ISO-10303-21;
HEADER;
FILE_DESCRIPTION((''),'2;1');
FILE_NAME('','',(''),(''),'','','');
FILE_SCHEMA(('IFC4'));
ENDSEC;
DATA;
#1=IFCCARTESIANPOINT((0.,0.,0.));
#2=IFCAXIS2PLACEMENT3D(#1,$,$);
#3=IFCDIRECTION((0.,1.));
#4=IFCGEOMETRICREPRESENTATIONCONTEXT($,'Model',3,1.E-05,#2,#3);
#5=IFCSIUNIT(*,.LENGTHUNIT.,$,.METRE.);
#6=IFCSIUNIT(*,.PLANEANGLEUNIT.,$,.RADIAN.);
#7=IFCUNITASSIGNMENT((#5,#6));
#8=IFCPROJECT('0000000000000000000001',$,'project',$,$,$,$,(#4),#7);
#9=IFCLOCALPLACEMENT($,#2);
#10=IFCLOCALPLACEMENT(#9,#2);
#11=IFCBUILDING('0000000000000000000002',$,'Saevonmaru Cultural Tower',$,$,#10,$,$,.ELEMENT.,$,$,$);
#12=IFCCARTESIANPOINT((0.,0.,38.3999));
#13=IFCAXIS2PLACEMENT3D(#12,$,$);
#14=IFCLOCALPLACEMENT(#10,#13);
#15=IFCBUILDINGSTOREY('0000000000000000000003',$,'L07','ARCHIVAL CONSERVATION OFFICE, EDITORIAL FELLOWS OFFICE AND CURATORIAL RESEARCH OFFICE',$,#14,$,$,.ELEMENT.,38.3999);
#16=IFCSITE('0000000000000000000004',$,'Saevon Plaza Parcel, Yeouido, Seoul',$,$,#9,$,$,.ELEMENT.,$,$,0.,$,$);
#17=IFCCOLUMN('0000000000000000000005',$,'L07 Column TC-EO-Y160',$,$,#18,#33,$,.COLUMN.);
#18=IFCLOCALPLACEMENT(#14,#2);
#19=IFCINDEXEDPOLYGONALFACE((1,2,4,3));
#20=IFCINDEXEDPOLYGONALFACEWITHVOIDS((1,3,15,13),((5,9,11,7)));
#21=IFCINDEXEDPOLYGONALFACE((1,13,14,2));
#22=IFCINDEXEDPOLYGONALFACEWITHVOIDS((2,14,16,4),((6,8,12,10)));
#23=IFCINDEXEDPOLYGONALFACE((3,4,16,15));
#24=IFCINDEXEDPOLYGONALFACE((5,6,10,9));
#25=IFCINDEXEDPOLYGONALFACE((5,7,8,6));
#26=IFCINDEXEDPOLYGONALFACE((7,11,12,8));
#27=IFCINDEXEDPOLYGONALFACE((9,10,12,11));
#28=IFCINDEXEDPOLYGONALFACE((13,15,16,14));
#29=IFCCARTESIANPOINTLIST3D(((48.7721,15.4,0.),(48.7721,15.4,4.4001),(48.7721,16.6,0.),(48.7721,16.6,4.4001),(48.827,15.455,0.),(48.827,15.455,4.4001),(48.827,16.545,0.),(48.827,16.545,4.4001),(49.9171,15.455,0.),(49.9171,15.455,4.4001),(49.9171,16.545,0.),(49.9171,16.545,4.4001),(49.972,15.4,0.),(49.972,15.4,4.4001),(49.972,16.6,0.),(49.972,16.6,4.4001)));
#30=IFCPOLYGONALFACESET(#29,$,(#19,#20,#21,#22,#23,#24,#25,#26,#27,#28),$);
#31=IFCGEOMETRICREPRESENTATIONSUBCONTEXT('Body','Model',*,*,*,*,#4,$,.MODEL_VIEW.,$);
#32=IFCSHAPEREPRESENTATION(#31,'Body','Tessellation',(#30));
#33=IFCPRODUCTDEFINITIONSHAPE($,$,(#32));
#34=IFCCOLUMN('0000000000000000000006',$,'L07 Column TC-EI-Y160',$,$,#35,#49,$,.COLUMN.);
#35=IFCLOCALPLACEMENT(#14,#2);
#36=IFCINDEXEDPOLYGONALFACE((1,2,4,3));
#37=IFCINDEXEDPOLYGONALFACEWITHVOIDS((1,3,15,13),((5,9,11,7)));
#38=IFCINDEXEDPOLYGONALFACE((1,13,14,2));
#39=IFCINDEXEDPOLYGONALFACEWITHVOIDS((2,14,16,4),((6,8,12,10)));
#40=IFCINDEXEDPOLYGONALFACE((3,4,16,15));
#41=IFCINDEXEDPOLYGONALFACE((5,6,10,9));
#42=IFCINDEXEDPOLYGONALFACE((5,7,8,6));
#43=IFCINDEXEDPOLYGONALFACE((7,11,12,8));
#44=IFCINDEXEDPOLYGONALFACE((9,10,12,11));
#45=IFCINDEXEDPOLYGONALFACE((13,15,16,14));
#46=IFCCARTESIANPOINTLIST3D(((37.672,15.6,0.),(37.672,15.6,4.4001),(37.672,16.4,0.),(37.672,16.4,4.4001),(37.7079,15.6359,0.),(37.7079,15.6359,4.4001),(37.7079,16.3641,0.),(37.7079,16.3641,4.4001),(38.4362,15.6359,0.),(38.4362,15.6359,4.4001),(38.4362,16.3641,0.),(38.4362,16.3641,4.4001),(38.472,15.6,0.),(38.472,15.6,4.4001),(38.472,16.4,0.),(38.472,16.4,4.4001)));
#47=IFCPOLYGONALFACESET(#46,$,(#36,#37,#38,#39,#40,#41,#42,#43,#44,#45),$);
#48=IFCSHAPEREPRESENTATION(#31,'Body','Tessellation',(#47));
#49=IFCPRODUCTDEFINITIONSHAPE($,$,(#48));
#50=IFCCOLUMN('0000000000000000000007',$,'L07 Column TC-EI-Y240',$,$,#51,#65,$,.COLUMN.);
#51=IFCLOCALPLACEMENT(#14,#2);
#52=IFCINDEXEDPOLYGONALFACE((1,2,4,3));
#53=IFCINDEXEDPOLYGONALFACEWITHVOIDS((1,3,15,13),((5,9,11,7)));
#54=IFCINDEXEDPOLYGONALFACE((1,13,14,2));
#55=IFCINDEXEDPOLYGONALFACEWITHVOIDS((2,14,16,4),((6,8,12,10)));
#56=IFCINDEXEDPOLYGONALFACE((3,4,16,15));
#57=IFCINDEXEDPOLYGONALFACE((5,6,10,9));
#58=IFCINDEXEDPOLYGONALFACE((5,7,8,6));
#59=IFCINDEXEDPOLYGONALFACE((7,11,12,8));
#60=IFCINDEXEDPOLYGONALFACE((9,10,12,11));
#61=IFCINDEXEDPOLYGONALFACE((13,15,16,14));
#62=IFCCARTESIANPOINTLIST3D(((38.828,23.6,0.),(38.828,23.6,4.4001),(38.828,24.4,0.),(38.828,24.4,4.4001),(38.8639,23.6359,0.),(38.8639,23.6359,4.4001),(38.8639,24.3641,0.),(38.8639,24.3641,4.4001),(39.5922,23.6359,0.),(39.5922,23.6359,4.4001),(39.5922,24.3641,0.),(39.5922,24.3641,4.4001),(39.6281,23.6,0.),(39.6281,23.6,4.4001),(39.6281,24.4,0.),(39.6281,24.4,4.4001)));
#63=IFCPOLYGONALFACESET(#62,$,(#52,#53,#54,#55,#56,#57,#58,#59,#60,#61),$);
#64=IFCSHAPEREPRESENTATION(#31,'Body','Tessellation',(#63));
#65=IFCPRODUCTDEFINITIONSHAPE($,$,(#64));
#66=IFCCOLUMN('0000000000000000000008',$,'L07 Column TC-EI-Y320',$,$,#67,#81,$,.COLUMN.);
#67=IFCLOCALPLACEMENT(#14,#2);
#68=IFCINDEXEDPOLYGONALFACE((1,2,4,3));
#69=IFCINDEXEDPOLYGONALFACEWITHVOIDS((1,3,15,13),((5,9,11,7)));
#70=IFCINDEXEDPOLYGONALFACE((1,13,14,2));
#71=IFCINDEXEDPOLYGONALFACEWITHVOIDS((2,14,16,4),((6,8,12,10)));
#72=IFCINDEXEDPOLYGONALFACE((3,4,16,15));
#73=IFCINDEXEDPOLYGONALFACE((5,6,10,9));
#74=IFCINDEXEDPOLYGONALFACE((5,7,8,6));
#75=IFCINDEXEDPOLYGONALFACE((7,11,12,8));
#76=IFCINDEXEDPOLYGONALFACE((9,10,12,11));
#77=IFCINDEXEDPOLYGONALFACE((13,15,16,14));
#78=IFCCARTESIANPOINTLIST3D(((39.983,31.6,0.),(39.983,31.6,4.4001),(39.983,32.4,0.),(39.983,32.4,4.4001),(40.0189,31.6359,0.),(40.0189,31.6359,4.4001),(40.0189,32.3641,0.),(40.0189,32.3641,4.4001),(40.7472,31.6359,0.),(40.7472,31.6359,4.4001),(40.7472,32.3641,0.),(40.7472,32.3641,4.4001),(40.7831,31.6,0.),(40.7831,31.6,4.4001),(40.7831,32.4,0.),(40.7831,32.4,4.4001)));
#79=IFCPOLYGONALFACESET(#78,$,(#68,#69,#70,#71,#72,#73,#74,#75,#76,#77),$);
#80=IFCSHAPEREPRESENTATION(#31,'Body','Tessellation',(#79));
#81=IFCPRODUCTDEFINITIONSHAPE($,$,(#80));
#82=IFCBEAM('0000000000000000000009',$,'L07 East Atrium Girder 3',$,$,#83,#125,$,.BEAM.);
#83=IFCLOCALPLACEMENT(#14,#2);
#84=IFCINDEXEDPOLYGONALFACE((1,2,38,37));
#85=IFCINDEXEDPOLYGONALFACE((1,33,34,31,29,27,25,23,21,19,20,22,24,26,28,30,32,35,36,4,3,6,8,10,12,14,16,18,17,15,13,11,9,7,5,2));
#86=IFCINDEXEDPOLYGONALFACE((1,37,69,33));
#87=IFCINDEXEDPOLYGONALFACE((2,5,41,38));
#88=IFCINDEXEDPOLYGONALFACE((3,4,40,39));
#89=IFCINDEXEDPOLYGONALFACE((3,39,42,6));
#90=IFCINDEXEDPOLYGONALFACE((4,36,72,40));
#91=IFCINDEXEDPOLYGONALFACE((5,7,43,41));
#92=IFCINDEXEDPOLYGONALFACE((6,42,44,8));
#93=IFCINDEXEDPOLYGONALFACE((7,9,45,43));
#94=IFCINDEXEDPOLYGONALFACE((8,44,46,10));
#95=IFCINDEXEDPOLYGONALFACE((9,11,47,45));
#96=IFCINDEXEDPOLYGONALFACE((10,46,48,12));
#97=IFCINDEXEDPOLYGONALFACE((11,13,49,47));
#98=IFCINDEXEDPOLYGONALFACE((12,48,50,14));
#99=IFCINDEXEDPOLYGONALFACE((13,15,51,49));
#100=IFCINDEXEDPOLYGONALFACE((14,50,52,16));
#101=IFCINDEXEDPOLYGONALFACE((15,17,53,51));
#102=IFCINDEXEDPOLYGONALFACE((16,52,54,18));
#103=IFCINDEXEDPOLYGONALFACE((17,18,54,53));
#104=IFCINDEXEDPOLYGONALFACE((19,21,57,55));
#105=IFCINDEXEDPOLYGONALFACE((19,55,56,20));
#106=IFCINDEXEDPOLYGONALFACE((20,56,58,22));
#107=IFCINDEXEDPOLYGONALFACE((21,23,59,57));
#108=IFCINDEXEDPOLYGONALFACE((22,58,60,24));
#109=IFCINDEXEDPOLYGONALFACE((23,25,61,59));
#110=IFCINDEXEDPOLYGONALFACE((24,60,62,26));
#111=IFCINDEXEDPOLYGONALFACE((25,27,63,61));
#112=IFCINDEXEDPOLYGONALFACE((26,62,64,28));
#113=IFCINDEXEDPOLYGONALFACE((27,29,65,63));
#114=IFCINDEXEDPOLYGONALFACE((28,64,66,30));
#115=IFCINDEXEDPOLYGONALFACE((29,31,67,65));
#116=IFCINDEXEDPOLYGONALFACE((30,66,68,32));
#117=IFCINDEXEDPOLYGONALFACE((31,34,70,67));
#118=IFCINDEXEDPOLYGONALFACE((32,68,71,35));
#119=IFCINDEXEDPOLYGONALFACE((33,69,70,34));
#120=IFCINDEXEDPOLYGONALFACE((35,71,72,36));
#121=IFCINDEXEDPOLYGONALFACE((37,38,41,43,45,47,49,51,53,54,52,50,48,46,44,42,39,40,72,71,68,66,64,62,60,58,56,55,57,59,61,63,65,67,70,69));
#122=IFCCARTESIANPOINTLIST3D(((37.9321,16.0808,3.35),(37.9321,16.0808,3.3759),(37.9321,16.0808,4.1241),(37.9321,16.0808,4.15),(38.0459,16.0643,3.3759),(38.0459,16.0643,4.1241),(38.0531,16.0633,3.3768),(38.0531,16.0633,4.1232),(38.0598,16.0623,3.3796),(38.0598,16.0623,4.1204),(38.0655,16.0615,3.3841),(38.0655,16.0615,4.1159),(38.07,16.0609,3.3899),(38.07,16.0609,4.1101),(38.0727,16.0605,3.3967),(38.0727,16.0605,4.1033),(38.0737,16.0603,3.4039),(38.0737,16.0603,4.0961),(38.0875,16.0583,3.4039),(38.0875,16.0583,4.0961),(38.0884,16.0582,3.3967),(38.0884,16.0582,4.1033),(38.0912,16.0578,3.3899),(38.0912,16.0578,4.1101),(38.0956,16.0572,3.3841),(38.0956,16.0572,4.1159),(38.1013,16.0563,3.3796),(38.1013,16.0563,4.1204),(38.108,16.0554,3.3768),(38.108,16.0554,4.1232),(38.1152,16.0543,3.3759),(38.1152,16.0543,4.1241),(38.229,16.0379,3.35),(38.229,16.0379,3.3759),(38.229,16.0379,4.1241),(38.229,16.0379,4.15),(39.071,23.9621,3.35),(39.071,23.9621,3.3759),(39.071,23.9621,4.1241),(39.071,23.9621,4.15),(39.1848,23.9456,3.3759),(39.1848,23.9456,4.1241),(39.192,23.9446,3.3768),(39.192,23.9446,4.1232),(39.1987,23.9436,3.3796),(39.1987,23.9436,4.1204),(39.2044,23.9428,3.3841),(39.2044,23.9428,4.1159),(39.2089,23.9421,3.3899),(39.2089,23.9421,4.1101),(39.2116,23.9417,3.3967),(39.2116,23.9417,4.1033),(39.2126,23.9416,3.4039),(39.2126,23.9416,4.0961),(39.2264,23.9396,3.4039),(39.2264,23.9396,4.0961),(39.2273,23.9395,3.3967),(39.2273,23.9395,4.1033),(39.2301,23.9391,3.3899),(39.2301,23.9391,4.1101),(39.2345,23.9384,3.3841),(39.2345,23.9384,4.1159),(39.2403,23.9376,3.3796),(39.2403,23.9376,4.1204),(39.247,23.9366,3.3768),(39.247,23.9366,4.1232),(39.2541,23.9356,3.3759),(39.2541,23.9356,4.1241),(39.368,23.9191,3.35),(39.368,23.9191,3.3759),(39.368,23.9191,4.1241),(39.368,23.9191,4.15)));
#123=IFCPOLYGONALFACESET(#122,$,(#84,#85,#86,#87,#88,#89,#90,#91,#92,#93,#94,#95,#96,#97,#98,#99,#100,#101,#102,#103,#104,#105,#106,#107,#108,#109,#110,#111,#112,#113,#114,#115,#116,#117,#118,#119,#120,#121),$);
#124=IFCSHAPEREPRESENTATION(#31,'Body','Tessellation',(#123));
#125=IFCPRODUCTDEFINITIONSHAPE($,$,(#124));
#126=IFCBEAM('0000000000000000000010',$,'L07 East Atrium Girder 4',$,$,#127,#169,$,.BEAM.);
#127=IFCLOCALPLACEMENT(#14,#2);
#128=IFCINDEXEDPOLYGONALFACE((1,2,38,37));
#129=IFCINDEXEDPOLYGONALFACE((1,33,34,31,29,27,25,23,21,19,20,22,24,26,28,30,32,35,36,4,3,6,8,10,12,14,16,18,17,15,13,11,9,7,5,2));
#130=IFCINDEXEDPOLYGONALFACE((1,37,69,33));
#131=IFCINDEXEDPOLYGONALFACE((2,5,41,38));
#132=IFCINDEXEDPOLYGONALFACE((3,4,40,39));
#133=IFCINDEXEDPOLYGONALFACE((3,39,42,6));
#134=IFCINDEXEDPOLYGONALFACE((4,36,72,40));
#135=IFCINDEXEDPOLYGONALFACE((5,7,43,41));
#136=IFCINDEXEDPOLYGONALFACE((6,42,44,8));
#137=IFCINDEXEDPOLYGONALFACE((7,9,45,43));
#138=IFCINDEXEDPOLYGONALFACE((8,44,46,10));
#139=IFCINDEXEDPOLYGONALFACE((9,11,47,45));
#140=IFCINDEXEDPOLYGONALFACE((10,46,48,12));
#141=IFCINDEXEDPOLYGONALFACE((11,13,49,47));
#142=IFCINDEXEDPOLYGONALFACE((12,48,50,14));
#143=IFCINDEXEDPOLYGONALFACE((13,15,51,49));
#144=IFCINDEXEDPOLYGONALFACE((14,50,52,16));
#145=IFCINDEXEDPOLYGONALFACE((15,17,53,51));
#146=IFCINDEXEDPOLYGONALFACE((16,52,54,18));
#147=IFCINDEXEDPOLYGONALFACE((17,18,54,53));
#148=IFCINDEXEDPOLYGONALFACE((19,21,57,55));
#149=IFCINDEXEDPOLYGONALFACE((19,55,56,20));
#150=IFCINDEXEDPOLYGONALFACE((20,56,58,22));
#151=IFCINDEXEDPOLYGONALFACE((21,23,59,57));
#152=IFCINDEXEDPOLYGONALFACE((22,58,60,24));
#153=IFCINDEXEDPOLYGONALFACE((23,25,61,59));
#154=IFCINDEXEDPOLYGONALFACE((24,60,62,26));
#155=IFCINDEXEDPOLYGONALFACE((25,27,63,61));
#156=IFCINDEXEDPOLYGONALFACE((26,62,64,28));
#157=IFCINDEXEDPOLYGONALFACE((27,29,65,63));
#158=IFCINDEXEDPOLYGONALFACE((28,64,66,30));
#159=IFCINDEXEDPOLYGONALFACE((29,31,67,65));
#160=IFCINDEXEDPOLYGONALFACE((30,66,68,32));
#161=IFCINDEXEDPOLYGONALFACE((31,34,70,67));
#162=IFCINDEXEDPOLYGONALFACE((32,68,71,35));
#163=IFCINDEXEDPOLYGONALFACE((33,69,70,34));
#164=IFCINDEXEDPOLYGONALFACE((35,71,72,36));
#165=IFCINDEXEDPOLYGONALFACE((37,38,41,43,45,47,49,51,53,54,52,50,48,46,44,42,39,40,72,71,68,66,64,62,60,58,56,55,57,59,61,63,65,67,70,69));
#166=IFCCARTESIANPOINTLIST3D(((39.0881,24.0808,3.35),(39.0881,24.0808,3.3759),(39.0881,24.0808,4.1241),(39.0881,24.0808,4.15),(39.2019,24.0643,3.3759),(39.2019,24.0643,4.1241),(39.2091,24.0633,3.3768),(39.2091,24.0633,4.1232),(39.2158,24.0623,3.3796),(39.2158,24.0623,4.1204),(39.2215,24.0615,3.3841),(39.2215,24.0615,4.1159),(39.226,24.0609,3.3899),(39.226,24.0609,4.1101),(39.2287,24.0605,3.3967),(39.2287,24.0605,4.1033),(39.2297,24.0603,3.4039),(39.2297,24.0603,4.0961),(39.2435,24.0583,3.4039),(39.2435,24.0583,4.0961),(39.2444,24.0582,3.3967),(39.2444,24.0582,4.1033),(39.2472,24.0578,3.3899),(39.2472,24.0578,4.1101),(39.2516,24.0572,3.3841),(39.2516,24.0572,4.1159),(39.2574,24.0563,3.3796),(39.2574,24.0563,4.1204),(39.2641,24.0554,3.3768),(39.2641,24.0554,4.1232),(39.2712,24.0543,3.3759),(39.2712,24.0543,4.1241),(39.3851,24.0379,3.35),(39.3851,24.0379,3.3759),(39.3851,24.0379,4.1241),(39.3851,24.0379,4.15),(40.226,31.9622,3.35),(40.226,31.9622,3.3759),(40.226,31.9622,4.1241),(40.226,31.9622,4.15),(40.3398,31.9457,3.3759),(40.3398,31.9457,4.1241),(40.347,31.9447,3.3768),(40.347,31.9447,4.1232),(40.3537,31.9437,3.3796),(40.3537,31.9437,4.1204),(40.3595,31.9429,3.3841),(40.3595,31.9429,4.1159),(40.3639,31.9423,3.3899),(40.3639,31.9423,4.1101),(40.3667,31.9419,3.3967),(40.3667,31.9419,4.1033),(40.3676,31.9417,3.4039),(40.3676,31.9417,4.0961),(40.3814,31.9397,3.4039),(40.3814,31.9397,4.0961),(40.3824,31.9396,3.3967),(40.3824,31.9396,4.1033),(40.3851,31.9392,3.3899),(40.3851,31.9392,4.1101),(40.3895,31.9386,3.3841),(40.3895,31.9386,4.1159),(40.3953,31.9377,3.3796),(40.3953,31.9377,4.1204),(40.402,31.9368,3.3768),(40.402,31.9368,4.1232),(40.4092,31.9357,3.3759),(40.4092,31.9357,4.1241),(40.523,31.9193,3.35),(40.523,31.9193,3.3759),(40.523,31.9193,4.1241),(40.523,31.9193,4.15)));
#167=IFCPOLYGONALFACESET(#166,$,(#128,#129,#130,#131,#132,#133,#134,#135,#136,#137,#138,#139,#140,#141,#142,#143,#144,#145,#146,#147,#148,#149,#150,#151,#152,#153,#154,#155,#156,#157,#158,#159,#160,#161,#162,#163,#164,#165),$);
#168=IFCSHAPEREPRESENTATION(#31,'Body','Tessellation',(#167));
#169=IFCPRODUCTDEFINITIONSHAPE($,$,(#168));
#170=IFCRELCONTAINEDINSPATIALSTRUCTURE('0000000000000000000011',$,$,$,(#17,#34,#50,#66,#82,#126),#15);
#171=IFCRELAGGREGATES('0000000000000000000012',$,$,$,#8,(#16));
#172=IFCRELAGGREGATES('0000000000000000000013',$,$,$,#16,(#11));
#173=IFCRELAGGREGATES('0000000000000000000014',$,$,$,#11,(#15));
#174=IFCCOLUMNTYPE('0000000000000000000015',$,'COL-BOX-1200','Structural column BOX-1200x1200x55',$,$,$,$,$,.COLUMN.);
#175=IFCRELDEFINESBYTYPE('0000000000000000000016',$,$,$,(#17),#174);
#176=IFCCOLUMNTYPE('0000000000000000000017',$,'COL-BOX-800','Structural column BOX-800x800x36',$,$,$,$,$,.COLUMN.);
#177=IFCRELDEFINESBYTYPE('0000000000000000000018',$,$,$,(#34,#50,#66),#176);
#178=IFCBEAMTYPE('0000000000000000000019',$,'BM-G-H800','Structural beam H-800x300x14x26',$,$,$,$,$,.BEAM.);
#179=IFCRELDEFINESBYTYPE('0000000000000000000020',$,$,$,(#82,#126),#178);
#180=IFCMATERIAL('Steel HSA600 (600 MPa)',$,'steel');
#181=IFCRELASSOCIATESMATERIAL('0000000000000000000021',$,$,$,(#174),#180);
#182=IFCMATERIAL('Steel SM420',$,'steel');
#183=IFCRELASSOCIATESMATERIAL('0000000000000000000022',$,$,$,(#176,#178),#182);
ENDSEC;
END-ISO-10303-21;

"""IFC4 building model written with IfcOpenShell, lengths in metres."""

from ifc_helpers import new_model, si_unit, direction, frame, origin, origin_2d, place, context, subcontext, project, spatial, hollow_rectangle, i_section, extrude, material, material_profile, profile_set, type_object, element, save


model = new_model("IFC4")

# Units and contexts
model_context = context("Model", 3, precision=1e-05, world=origin(), true_north=direction((0.0, 1.0)))
body_context = subcontext(model_context, "Body", "Model", "MODEL_VIEW")
ifc_project = project(units=[si_unit("LENGTHUNIT", "METRE"), si_unit("PLANEANGLEUNIT", "RADIAN")], contexts=[model_context])

# Site, building, storey
site_placement = place(None, origin())
site = spatial("IfcSite", under=ifc_project, at=site_placement, Name="Saevon Plaza Parcel, Yeouido, Seoul", CompositionType="ELEMENT", RefElevation=0.0)
building_placement = place(site_placement, origin())
building = spatial("IfcBuilding", under=site, at=building_placement, Name="Saevonmaru Cultural Tower", CompositionType="ELEMENT")
storey_placement = place(building_placement, frame((0.0, 0.0, 38.3999)))
storey = spatial("IfcBuildingStorey", under=building, at=storey_placement, Name="L07", Description="ARCHIVAL CONSERVATION OFFICE, EDITORIAL FELLOWS OFFICE AND CURATORIAL RESEARCH OFFICE", CompositionType="ELEMENT", Elevation=38.3999)

# Columns
ifc_material_1 = material(Name="Steel HSA600 (600 MPa)", Category="steel")
ifc_material_profile_1 = material_profile(ifc_material_1, hollow_rectangle(XDim=1.2, YDim=1.2, WallThickness=0.0549, at=origin_2d()), Name="BOX-1200x1200x55")
ifc_profile_set_1 = profile_set([ifc_material_profile_1], Name="Steel HSA600 (600 MPa)")
column_type_1 = type_object("IfcColumnType", Name="COL-BOX-1200", Description="Structural column BOX-1200x1200x55", PredefinedType="COLUMN", material=ifc_profile_set_1)
column_placement = place(storey_placement, frame((49.3721, 16.0, 0.0), z_axis=(0.0, 0.0, 1.0), x_axis=(1.0, 0.0, 0.0)))
element("IfcColumn", 1, at=column_placement, inside=storey, type_object=column_type_1, Name="L07 Column TC-EO-Y160", PredefinedType="COLUMN", context=body_context, shape_type="SweptSolid", body=[
    extrude(hollow_rectangle(XDim=1.2, YDim=1.2, WallThickness=0.0549, at=origin_2d()), origin(), (0.0, 0.0, 1.0), 4.4001),
])
ifc_material_2 = material(Name="Steel SM420", Category="steel")
ifc_material_profile_2 = material_profile(ifc_material_2, hollow_rectangle(XDim=0.8, YDim=0.8, WallThickness=0.0359, at=origin_2d()), Name="BOX-800x800x36")
ifc_profile_set_2 = profile_set([ifc_material_profile_2], Name="Steel SM420")
column_type_2 = type_object("IfcColumnType", Name="COL-BOX-800", Description="Structural column BOX-800x800x36", PredefinedType="COLUMN", material=ifc_profile_set_2)
for number, where, z_axis, x_axis, name in (
    (2, (38.072, 16.0, 0.0), (0.0, 0.0, 1.0), (1.0, 0.0, 0.0), "L07 Column TC-EI-Y160"),
    (3, (39.228, 24.0, 0.0), (0.0, 0.0, 1.0), (1.0, 0.0, 0.0), "L07 Column TC-EI-Y240"),
    (4, (40.3831, 32.0, 0.0), (0.0, 0.0, 1.0), (1.0, 0.0, 0.0), "L07 Column TC-EI-Y320"),
):
    element("IfcColumn", number, at=place(storey_placement, frame(where, z_axis=z_axis, x_axis=x_axis)), inside=storey, type_object=column_type_2, Name=name, PredefinedType="COLUMN", context=body_context, shape_type="SweptSolid", body=[
        extrude(hollow_rectangle(XDim=0.8, YDim=0.8, WallThickness=0.0359, at=origin_2d()), origin(), (0.0, 0.0, 1.0), 4.4001),
    ])

# Beams
ifc_material_profile_3 = material_profile(ifc_material_2, i_section(OverallWidth=0.3, OverallDepth=0.8, WebThickness=0.0139, FlangeThickness=0.0259, FilletRadius=0.0281, at=origin_2d()), Name="H-800x300x14x26")
ifc_profile_set_3 = profile_set([ifc_material_profile_3], Name="Steel SM420")
beam_type_1 = type_object("IfcBeamType", Name="BM-G-H800", Description="Structural beam H-800x300x14x26", PredefinedType="BEAM", material=ifc_profile_set_3)
for number, where, z_axis, x_axis, name in (
    (5, (38.0806, 16.0593, 3.75), (0.143022, 0.989719, 0.0), (-0.989719, 0.143022, 0.0), "L07 East Atrium Girder 3"),
    (6, (39.2366, 24.0593, 3.75), (0.142902, 0.989737, 0.0), (-0.989737, 0.142902, 0.0), "L07 East Atrium Girder 4"),
):
    element("IfcBeam", number, at=place(storey_placement, frame(where, z_axis=z_axis, x_axis=x_axis)), inside=storey, type_object=beam_type_1, Name=name, PredefinedType="BEAM", context=body_context, shape_type="SweptSolid", body=[
        extrude(i_section(OverallWidth=0.3, OverallDepth=0.8, WebThickness=0.0139, FlangeThickness=0.0259, FilletRadius=0.0281, at=origin_2d()), origin(), (0.0, 0.0, 1.0), 7.9631),
    ])

save(model, "model.ifc")
